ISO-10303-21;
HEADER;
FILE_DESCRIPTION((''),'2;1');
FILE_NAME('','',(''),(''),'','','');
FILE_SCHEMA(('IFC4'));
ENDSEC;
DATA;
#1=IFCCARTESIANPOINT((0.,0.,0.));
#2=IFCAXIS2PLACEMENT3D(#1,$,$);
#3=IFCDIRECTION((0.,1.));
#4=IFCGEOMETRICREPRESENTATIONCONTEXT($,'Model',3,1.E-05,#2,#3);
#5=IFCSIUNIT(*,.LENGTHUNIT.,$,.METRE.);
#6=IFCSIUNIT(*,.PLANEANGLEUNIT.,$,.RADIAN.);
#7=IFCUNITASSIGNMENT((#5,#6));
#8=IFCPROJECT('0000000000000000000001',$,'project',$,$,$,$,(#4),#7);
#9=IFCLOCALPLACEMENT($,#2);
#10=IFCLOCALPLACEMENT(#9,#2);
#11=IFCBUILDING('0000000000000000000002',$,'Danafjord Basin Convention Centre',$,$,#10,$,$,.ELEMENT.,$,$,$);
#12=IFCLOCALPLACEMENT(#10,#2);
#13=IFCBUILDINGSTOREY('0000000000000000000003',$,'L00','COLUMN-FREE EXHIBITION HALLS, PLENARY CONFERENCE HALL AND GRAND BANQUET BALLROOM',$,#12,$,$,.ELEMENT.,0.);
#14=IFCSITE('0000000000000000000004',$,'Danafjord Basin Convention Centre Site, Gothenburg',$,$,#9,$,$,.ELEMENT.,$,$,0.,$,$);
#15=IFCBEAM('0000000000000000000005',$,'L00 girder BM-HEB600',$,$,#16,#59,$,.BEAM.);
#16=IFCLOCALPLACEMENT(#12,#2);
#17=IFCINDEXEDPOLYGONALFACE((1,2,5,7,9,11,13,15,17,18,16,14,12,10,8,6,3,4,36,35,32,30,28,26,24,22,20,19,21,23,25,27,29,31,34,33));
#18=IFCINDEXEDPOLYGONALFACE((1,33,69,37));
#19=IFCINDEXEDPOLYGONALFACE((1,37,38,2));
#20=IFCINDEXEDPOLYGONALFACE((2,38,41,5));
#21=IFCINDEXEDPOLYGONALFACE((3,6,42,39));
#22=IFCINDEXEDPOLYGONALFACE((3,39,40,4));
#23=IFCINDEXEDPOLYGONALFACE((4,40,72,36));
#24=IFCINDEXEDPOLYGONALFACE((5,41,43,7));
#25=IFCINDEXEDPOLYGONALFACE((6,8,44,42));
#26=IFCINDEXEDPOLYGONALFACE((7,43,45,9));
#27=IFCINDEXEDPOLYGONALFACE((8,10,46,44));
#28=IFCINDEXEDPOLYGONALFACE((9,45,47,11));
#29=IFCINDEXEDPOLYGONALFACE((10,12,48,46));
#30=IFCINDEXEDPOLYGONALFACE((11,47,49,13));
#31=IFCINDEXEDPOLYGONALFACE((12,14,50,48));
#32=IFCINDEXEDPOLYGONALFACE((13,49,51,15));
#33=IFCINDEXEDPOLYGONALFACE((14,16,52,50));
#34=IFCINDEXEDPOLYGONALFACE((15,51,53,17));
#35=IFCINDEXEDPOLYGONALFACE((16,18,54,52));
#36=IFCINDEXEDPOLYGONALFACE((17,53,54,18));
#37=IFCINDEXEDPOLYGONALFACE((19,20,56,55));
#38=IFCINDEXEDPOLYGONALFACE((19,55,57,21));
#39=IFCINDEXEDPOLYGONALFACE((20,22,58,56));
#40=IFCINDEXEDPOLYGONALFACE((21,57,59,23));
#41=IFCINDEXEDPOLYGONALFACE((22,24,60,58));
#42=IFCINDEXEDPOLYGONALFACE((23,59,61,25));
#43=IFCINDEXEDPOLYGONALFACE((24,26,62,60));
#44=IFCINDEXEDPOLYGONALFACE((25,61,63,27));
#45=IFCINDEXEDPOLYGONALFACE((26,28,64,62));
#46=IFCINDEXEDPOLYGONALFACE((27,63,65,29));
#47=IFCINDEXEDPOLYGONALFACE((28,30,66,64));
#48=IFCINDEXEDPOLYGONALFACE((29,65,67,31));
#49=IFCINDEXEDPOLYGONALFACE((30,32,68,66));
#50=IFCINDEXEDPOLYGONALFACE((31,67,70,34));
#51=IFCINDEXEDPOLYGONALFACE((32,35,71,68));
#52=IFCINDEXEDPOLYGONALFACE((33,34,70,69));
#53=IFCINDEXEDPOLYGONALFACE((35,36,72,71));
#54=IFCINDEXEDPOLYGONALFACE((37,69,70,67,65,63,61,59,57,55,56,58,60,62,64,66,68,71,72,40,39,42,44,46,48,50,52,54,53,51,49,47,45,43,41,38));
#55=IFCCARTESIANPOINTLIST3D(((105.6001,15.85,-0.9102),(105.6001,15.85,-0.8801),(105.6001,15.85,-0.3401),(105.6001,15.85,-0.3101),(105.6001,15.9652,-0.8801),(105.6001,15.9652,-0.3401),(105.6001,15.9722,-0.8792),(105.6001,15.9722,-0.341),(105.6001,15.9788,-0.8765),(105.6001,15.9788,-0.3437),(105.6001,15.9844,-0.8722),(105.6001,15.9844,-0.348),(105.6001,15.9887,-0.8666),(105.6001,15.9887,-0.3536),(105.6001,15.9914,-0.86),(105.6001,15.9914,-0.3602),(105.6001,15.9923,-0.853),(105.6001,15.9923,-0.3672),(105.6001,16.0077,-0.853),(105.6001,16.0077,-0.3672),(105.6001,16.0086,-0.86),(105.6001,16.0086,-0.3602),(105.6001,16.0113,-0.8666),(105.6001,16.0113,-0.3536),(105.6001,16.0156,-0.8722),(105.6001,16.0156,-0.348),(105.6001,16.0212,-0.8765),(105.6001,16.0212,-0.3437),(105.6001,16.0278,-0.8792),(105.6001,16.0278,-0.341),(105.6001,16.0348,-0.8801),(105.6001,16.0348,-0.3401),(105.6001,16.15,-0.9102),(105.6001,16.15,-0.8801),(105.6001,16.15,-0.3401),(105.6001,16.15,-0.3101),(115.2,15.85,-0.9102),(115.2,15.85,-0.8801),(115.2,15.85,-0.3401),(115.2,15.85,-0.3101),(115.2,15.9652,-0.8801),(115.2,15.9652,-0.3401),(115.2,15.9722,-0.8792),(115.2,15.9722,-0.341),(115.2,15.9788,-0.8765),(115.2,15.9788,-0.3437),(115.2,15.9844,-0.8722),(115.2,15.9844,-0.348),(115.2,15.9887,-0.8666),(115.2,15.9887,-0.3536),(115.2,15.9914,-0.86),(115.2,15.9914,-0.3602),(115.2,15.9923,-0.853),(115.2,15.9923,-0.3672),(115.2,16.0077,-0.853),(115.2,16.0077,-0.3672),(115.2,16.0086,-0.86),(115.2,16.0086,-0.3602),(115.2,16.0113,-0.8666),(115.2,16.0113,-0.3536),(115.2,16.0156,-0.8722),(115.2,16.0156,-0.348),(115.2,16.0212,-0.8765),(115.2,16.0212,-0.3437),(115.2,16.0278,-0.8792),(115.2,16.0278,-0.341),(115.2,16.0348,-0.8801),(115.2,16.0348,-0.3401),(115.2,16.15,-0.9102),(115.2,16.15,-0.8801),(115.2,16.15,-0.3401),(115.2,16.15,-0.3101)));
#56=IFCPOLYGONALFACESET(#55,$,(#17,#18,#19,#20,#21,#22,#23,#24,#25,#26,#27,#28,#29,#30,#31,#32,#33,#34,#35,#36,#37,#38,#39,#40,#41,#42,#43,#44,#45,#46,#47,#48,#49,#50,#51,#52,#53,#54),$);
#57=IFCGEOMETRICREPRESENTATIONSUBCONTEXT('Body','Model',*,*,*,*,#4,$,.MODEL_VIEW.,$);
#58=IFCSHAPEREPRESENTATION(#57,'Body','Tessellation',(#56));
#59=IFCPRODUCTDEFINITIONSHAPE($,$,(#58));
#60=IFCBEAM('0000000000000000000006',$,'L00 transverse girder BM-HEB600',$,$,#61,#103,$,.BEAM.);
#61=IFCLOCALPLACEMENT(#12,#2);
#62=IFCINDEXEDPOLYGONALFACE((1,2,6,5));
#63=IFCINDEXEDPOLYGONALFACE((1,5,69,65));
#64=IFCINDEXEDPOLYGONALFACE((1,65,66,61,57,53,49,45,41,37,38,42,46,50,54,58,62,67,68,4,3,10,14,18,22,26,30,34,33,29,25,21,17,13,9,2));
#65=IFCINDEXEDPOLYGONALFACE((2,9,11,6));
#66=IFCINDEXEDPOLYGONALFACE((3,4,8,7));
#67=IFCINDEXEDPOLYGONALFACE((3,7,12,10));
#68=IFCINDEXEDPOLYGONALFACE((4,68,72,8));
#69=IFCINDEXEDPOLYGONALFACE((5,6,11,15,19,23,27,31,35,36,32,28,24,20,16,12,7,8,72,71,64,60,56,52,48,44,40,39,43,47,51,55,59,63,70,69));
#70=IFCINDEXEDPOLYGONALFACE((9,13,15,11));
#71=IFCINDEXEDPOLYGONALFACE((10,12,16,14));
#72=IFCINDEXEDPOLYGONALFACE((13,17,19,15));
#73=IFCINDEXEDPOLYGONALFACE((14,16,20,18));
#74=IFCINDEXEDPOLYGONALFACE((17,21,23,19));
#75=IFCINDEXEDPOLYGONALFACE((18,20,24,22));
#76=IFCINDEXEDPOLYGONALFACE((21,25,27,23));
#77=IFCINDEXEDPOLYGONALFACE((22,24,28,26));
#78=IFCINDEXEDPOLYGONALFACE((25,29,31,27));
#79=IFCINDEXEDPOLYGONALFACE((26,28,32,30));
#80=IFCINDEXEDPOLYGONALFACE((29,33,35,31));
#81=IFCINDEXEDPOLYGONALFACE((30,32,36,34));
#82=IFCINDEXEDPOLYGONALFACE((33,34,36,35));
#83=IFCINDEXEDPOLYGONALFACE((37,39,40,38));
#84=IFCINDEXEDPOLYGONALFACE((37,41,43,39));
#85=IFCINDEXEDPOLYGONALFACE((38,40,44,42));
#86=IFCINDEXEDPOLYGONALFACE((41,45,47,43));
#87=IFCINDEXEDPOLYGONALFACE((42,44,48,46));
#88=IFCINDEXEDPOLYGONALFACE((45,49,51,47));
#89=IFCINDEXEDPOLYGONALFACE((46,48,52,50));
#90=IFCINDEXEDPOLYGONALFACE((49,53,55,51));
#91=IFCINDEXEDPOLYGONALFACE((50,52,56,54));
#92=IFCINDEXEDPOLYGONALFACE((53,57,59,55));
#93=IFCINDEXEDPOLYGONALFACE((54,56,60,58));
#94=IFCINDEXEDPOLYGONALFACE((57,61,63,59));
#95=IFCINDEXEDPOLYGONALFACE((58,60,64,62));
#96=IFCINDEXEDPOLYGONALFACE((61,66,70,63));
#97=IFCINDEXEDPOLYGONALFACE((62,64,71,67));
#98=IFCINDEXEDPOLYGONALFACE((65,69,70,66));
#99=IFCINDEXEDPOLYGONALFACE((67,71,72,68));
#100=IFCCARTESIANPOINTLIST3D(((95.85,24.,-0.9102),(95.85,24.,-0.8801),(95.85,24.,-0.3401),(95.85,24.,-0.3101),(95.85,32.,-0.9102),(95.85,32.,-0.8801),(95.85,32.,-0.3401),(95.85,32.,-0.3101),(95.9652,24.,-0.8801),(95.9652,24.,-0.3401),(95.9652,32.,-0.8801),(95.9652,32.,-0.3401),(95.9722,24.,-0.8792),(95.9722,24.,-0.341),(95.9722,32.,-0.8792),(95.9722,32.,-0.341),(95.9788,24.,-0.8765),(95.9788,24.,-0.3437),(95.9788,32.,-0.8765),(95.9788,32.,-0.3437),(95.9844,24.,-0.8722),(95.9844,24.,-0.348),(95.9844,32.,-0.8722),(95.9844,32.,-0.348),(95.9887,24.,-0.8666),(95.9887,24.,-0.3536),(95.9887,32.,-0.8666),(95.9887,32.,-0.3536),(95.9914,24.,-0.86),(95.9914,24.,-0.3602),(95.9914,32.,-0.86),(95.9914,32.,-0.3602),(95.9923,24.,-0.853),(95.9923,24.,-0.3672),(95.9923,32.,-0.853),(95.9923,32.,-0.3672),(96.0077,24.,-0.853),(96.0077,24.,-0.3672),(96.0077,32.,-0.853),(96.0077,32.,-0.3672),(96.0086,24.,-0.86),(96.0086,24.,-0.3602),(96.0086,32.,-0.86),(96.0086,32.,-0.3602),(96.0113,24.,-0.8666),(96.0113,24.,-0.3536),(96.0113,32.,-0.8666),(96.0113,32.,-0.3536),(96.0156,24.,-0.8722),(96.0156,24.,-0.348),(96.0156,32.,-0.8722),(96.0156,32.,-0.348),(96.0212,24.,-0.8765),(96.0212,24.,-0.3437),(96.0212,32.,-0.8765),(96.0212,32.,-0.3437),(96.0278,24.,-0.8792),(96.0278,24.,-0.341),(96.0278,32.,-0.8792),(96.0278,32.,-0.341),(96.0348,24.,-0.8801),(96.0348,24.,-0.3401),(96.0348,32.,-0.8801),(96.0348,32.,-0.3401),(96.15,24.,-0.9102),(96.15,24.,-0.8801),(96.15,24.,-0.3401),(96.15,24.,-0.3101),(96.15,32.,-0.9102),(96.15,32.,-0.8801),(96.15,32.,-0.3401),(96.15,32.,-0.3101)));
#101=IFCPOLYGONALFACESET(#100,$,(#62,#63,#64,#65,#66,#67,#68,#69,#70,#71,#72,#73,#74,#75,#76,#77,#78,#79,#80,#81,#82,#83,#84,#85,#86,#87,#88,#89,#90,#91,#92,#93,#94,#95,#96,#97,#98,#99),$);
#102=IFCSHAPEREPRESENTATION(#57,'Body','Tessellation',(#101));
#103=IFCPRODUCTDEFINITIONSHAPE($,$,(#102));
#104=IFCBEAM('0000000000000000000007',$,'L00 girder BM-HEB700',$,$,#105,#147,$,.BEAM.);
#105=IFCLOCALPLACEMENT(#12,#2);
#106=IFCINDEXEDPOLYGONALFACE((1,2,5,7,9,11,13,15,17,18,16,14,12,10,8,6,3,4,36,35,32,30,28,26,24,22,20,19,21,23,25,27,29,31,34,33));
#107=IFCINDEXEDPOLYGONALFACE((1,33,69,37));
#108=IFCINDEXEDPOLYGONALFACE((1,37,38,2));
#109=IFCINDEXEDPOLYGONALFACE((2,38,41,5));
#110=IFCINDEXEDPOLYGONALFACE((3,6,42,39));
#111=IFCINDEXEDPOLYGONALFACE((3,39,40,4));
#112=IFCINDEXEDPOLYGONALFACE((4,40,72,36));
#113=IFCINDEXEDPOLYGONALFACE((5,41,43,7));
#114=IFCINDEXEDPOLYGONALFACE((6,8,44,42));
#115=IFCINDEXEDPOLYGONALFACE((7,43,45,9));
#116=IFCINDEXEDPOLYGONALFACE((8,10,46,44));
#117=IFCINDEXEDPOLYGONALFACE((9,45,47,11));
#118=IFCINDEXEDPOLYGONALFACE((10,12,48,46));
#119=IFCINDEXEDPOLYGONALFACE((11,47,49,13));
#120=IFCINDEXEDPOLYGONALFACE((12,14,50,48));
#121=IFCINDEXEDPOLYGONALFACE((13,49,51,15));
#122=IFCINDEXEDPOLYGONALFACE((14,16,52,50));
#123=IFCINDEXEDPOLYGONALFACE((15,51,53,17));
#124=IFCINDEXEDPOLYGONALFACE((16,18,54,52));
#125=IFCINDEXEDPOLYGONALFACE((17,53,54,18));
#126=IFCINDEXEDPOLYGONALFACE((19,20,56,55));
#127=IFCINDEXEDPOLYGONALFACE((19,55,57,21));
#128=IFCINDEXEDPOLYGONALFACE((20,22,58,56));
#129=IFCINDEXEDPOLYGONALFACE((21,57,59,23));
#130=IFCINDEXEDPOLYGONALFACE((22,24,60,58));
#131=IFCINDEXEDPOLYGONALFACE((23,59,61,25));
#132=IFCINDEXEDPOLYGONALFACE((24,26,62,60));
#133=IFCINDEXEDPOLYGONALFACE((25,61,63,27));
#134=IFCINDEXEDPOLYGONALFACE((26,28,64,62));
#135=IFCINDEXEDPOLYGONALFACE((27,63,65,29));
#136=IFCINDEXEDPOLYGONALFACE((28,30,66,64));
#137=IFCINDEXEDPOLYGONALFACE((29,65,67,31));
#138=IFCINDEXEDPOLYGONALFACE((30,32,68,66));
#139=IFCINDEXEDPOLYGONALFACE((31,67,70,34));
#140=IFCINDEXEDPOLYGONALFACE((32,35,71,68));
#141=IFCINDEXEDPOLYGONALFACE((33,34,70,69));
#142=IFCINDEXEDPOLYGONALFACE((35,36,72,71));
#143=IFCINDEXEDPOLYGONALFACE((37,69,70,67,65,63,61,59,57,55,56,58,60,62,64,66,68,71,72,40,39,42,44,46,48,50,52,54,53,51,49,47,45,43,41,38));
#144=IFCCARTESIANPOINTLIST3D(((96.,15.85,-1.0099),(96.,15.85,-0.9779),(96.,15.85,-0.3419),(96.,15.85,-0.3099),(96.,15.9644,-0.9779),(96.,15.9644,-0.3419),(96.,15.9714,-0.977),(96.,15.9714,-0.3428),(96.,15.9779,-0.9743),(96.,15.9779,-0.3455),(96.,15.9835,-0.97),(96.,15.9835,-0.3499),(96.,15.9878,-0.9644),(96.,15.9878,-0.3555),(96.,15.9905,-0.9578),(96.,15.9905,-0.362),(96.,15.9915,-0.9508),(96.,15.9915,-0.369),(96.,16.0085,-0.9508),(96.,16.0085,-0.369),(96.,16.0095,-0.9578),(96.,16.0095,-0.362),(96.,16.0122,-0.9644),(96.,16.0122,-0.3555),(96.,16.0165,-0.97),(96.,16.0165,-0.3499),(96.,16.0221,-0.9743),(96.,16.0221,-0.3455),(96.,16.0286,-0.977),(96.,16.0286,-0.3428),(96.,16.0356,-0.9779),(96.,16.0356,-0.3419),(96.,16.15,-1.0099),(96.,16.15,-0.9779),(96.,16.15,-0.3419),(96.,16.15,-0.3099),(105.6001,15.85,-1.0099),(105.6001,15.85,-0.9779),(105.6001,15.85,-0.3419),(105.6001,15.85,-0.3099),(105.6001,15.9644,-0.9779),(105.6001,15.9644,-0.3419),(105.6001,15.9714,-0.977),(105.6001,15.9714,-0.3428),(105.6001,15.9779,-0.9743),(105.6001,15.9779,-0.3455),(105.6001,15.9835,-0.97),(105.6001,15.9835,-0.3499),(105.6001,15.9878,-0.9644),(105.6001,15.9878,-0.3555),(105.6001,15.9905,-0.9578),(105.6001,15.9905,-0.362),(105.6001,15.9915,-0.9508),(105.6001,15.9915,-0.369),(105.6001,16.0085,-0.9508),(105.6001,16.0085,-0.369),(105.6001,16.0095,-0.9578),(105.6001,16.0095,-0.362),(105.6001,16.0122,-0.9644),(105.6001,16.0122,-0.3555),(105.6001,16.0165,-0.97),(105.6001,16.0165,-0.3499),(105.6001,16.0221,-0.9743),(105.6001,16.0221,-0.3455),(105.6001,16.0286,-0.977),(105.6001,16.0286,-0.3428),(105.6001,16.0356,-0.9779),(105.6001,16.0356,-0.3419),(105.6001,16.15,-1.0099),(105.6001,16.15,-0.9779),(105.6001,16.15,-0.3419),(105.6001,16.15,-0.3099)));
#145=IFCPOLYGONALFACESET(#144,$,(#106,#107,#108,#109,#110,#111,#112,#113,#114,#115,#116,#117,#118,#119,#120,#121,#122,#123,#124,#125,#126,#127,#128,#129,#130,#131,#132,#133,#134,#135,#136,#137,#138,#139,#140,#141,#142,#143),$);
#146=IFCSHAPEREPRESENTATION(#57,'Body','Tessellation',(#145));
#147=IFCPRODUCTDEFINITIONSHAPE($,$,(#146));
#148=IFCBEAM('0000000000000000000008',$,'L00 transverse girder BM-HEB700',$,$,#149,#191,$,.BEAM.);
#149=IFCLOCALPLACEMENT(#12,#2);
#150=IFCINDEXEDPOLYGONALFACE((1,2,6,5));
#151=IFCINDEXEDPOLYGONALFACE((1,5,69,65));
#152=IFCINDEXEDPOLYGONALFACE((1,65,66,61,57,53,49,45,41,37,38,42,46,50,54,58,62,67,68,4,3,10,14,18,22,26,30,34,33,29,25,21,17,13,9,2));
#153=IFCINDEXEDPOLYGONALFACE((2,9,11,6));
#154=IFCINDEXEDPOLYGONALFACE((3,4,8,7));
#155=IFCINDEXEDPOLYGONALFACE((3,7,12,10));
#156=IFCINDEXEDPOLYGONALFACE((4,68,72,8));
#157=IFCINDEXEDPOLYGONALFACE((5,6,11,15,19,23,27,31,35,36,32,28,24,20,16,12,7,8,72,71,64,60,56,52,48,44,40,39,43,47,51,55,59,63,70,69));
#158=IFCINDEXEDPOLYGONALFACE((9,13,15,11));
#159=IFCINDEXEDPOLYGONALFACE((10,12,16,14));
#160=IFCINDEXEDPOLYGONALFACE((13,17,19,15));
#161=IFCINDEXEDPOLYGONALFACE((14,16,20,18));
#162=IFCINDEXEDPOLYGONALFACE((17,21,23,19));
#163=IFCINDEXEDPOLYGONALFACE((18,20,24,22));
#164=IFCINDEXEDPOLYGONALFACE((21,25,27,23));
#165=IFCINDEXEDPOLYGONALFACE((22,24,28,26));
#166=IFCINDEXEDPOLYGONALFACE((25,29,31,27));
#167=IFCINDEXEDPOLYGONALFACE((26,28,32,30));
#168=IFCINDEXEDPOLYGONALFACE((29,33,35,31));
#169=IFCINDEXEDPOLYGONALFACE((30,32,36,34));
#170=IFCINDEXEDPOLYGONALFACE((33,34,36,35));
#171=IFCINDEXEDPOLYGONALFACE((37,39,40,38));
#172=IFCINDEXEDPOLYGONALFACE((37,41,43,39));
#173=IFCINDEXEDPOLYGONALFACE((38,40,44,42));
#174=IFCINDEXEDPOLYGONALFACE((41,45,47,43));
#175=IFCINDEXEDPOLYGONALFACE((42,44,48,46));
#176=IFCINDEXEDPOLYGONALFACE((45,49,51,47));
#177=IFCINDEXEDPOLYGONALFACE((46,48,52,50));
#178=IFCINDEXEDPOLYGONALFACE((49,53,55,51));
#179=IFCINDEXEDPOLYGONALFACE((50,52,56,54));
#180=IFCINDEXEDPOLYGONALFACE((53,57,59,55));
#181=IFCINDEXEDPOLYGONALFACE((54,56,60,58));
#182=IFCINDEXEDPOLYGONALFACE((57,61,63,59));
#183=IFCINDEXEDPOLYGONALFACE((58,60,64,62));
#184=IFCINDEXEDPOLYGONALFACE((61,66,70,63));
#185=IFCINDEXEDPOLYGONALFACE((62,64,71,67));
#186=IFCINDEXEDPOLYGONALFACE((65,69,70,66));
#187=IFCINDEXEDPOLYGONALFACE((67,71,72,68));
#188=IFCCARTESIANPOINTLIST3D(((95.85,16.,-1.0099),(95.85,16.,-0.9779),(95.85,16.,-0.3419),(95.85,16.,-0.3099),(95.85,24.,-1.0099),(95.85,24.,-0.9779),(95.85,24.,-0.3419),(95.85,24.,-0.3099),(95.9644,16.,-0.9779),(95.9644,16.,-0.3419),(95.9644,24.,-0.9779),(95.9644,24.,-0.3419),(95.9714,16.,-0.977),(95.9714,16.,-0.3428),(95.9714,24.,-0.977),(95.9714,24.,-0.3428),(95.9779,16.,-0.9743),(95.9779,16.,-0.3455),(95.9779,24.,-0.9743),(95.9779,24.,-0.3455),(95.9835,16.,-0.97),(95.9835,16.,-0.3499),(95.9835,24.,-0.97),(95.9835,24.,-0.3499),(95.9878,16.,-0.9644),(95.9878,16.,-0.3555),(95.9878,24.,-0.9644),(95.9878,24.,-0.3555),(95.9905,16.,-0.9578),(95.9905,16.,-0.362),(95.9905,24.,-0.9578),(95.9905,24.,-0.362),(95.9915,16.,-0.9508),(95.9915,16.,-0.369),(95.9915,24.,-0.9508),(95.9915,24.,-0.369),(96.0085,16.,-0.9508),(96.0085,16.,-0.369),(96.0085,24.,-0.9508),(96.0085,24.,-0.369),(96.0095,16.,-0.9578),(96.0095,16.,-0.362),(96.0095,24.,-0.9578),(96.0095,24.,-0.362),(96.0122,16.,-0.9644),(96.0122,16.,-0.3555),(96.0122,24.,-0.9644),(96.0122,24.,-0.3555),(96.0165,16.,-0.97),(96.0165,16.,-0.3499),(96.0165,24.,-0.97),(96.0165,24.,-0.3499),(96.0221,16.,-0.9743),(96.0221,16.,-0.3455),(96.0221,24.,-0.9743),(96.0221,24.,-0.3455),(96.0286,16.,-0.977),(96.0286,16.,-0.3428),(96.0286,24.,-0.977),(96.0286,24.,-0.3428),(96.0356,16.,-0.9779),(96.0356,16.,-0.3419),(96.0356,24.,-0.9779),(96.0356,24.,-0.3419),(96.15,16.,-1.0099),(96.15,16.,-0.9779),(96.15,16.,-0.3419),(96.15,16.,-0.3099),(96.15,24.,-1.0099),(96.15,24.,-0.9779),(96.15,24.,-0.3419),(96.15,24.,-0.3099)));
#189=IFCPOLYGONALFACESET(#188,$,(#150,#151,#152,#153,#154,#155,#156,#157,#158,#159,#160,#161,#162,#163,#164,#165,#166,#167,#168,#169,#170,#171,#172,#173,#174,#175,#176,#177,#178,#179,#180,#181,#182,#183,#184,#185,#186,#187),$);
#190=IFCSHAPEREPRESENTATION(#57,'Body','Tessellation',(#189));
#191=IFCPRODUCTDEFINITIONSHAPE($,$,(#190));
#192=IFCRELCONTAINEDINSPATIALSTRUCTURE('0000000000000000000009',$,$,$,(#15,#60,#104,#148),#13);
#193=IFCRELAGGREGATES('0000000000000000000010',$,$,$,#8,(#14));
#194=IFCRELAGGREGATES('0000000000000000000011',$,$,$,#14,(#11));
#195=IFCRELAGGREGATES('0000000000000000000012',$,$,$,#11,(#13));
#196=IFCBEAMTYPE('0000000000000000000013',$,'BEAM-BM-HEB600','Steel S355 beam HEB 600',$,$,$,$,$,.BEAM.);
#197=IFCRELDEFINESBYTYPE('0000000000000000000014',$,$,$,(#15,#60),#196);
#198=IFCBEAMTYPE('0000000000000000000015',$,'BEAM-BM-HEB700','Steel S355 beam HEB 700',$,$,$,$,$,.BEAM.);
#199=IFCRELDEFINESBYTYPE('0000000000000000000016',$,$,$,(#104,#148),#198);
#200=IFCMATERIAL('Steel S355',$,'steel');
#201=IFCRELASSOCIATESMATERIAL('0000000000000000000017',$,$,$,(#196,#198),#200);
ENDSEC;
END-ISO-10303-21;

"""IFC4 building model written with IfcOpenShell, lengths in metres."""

from ifc_helpers import new_model, si_unit, direction, frame, origin, origin_2d, place, context, subcontext, project, spatial, i_section, extrude, material, material_profile, profile_set, type_object, element, save


model = new_model("IFC4")

# Units and contexts
model_context = context("Model", 3, precision=1e-05, world=origin(), true_north=direction((0.0, 1.0)))
body_context = subcontext(model_context, "Body", "Model", "MODEL_VIEW")
ifc_project = project(units=[si_unit("LENGTHUNIT", "METRE"), si_unit("PLANEANGLEUNIT", "RADIAN")], contexts=[model_context])

# Site, building, storey
site_placement = place(None, origin())
site = spatial("IfcSite", under=ifc_project, at=site_placement, Name="Danafjord Basin Convention Centre Site, Gothenburg", CompositionType="ELEMENT", RefElevation=0.0)
building_placement = place(site_placement, origin())
building = spatial("IfcBuilding", under=site, at=building_placement, Name="Danafjord Basin Convention Centre", CompositionType="ELEMENT")
storey_placement = place(building_placement, origin())
storey = spatial("IfcBuildingStorey", under=building, at=storey_placement, Name="L00", Description="COLUMN-FREE EXHIBITION HALLS, PLENARY CONFERENCE HALL AND GRAND BANQUET BALLROOM", CompositionType="ELEMENT", Elevation=0.0)

# Shared definitions
ifc_material_1 = material(Name="Steel S355", Category="steel")

# Beams
ifc_material_profile_1 = material_profile(ifc_material_1, i_section(OverallWidth=0.3, OverallDepth=0.6001, WebThickness=0.0154, FlangeThickness=0.03, FilletRadius=0.0271, at=origin_2d()), Name="HEB 600")
ifc_profile_set_1 = profile_set([ifc_material_profile_1], Name="Steel S355")
beam_type_1 = type_object("IfcBeamType", Name="BEAM-BM-HEB600", Description="Steel S355 beam HEB 600", PredefinedType="BEAM", material=ifc_profile_set_1)
beam_1_placement = place(storey_placement, frame((105.6001, 16.0, -0.6101), z_axis=(1.0, 0.0, 0.0), x_axis=(0.0, 1.0, 0.0)))
element("IfcBeam", 1, at=beam_1_placement, inside=storey, type_object=beam_type_1, Name="L00 girder BM-HEB600", PredefinedType="BEAM", context=body_context, shape_type="SweptSolid", body=[
    extrude(i_section(OverallWidth=0.3, OverallDepth=0.6001, WebThickness=0.0154, FlangeThickness=0.03, FilletRadius=0.0271, at=origin_2d()), origin(), (0.0, 0.0, 1.0), 9.5999),
])
beam_2_placement = place(storey_placement, frame((96.0, 24.0, -0.6101), z_axis=(0.0, 1.0, 0.0), x_axis=(-1.0, 0.0, 0.0)))
element("IfcBeam", 2, at=beam_2_placement, inside=storey, type_object=beam_type_1, Name="L00 transverse girder BM-HEB600", PredefinedType="BEAM", context=body_context, shape_type="SweptSolid", body=[
    extrude(i_section(OverallWidth=0.3, OverallDepth=0.6001, WebThickness=0.0154, FlangeThickness=0.03, FilletRadius=0.0271, at=origin_2d()), origin(), (0.0, 0.0, 1.0), 8.0),
])
ifc_material_profile_2 = material_profile(ifc_material_1, i_section(OverallWidth=0.3, OverallDepth=0.7, WebThickness=0.0171, FlangeThickness=0.032, FilletRadius=0.0271, at=origin_2d()), Name="HEB 700")
ifc_profile_set_2 = profile_set([ifc_material_profile_2], Name="Steel S355")
beam_type_2 = type_object("IfcBeamType", Name="BEAM-BM-HEB700", Description="Steel S355 beam HEB 700", PredefinedType="BEAM", material=ifc_profile_set_2)
beam_3_placement = place(storey_placement, frame((96.0, 16.0, -0.6599), z_axis=(1.0, 0.0, 0.0), x_axis=(0.0, 1.0, 0.0)))
element("IfcBeam", 3, at=beam_3_placement, inside=storey, type_object=beam_type_2, Name="L00 girder BM-HEB700", PredefinedType="BEAM", context=body_context, shape_type="SweptSolid", body=[
    extrude(i_section(OverallWidth=0.3, OverallDepth=0.7, WebThickness=0.0171, FlangeThickness=0.032, FilletRadius=0.0271, at=origin_2d()), origin(), (0.0, 0.0, 1.0), 9.6001),
])
beam_4_placement = place(storey_placement, frame((96.0, 16.0, -0.6599), z_axis=(0.0, 1.0, 0.0), x_axis=(-1.0, 0.0, 0.0)))
element("IfcBeam", 4, at=beam_4_placement, inside=storey, type_object=beam_type_2, Name="L00 transverse girder BM-HEB700", PredefinedType="BEAM", context=body_context, shape_type="SweptSolid", body=[
    extrude(i_section(OverallWidth=0.3, OverallDepth=0.7, WebThickness=0.0171, FlangeThickness=0.032, FilletRadius=0.0271, at=origin_2d()), origin(), (0.0, 0.0, 1.0), 8.0),
])

save(model, "model.ifc")
